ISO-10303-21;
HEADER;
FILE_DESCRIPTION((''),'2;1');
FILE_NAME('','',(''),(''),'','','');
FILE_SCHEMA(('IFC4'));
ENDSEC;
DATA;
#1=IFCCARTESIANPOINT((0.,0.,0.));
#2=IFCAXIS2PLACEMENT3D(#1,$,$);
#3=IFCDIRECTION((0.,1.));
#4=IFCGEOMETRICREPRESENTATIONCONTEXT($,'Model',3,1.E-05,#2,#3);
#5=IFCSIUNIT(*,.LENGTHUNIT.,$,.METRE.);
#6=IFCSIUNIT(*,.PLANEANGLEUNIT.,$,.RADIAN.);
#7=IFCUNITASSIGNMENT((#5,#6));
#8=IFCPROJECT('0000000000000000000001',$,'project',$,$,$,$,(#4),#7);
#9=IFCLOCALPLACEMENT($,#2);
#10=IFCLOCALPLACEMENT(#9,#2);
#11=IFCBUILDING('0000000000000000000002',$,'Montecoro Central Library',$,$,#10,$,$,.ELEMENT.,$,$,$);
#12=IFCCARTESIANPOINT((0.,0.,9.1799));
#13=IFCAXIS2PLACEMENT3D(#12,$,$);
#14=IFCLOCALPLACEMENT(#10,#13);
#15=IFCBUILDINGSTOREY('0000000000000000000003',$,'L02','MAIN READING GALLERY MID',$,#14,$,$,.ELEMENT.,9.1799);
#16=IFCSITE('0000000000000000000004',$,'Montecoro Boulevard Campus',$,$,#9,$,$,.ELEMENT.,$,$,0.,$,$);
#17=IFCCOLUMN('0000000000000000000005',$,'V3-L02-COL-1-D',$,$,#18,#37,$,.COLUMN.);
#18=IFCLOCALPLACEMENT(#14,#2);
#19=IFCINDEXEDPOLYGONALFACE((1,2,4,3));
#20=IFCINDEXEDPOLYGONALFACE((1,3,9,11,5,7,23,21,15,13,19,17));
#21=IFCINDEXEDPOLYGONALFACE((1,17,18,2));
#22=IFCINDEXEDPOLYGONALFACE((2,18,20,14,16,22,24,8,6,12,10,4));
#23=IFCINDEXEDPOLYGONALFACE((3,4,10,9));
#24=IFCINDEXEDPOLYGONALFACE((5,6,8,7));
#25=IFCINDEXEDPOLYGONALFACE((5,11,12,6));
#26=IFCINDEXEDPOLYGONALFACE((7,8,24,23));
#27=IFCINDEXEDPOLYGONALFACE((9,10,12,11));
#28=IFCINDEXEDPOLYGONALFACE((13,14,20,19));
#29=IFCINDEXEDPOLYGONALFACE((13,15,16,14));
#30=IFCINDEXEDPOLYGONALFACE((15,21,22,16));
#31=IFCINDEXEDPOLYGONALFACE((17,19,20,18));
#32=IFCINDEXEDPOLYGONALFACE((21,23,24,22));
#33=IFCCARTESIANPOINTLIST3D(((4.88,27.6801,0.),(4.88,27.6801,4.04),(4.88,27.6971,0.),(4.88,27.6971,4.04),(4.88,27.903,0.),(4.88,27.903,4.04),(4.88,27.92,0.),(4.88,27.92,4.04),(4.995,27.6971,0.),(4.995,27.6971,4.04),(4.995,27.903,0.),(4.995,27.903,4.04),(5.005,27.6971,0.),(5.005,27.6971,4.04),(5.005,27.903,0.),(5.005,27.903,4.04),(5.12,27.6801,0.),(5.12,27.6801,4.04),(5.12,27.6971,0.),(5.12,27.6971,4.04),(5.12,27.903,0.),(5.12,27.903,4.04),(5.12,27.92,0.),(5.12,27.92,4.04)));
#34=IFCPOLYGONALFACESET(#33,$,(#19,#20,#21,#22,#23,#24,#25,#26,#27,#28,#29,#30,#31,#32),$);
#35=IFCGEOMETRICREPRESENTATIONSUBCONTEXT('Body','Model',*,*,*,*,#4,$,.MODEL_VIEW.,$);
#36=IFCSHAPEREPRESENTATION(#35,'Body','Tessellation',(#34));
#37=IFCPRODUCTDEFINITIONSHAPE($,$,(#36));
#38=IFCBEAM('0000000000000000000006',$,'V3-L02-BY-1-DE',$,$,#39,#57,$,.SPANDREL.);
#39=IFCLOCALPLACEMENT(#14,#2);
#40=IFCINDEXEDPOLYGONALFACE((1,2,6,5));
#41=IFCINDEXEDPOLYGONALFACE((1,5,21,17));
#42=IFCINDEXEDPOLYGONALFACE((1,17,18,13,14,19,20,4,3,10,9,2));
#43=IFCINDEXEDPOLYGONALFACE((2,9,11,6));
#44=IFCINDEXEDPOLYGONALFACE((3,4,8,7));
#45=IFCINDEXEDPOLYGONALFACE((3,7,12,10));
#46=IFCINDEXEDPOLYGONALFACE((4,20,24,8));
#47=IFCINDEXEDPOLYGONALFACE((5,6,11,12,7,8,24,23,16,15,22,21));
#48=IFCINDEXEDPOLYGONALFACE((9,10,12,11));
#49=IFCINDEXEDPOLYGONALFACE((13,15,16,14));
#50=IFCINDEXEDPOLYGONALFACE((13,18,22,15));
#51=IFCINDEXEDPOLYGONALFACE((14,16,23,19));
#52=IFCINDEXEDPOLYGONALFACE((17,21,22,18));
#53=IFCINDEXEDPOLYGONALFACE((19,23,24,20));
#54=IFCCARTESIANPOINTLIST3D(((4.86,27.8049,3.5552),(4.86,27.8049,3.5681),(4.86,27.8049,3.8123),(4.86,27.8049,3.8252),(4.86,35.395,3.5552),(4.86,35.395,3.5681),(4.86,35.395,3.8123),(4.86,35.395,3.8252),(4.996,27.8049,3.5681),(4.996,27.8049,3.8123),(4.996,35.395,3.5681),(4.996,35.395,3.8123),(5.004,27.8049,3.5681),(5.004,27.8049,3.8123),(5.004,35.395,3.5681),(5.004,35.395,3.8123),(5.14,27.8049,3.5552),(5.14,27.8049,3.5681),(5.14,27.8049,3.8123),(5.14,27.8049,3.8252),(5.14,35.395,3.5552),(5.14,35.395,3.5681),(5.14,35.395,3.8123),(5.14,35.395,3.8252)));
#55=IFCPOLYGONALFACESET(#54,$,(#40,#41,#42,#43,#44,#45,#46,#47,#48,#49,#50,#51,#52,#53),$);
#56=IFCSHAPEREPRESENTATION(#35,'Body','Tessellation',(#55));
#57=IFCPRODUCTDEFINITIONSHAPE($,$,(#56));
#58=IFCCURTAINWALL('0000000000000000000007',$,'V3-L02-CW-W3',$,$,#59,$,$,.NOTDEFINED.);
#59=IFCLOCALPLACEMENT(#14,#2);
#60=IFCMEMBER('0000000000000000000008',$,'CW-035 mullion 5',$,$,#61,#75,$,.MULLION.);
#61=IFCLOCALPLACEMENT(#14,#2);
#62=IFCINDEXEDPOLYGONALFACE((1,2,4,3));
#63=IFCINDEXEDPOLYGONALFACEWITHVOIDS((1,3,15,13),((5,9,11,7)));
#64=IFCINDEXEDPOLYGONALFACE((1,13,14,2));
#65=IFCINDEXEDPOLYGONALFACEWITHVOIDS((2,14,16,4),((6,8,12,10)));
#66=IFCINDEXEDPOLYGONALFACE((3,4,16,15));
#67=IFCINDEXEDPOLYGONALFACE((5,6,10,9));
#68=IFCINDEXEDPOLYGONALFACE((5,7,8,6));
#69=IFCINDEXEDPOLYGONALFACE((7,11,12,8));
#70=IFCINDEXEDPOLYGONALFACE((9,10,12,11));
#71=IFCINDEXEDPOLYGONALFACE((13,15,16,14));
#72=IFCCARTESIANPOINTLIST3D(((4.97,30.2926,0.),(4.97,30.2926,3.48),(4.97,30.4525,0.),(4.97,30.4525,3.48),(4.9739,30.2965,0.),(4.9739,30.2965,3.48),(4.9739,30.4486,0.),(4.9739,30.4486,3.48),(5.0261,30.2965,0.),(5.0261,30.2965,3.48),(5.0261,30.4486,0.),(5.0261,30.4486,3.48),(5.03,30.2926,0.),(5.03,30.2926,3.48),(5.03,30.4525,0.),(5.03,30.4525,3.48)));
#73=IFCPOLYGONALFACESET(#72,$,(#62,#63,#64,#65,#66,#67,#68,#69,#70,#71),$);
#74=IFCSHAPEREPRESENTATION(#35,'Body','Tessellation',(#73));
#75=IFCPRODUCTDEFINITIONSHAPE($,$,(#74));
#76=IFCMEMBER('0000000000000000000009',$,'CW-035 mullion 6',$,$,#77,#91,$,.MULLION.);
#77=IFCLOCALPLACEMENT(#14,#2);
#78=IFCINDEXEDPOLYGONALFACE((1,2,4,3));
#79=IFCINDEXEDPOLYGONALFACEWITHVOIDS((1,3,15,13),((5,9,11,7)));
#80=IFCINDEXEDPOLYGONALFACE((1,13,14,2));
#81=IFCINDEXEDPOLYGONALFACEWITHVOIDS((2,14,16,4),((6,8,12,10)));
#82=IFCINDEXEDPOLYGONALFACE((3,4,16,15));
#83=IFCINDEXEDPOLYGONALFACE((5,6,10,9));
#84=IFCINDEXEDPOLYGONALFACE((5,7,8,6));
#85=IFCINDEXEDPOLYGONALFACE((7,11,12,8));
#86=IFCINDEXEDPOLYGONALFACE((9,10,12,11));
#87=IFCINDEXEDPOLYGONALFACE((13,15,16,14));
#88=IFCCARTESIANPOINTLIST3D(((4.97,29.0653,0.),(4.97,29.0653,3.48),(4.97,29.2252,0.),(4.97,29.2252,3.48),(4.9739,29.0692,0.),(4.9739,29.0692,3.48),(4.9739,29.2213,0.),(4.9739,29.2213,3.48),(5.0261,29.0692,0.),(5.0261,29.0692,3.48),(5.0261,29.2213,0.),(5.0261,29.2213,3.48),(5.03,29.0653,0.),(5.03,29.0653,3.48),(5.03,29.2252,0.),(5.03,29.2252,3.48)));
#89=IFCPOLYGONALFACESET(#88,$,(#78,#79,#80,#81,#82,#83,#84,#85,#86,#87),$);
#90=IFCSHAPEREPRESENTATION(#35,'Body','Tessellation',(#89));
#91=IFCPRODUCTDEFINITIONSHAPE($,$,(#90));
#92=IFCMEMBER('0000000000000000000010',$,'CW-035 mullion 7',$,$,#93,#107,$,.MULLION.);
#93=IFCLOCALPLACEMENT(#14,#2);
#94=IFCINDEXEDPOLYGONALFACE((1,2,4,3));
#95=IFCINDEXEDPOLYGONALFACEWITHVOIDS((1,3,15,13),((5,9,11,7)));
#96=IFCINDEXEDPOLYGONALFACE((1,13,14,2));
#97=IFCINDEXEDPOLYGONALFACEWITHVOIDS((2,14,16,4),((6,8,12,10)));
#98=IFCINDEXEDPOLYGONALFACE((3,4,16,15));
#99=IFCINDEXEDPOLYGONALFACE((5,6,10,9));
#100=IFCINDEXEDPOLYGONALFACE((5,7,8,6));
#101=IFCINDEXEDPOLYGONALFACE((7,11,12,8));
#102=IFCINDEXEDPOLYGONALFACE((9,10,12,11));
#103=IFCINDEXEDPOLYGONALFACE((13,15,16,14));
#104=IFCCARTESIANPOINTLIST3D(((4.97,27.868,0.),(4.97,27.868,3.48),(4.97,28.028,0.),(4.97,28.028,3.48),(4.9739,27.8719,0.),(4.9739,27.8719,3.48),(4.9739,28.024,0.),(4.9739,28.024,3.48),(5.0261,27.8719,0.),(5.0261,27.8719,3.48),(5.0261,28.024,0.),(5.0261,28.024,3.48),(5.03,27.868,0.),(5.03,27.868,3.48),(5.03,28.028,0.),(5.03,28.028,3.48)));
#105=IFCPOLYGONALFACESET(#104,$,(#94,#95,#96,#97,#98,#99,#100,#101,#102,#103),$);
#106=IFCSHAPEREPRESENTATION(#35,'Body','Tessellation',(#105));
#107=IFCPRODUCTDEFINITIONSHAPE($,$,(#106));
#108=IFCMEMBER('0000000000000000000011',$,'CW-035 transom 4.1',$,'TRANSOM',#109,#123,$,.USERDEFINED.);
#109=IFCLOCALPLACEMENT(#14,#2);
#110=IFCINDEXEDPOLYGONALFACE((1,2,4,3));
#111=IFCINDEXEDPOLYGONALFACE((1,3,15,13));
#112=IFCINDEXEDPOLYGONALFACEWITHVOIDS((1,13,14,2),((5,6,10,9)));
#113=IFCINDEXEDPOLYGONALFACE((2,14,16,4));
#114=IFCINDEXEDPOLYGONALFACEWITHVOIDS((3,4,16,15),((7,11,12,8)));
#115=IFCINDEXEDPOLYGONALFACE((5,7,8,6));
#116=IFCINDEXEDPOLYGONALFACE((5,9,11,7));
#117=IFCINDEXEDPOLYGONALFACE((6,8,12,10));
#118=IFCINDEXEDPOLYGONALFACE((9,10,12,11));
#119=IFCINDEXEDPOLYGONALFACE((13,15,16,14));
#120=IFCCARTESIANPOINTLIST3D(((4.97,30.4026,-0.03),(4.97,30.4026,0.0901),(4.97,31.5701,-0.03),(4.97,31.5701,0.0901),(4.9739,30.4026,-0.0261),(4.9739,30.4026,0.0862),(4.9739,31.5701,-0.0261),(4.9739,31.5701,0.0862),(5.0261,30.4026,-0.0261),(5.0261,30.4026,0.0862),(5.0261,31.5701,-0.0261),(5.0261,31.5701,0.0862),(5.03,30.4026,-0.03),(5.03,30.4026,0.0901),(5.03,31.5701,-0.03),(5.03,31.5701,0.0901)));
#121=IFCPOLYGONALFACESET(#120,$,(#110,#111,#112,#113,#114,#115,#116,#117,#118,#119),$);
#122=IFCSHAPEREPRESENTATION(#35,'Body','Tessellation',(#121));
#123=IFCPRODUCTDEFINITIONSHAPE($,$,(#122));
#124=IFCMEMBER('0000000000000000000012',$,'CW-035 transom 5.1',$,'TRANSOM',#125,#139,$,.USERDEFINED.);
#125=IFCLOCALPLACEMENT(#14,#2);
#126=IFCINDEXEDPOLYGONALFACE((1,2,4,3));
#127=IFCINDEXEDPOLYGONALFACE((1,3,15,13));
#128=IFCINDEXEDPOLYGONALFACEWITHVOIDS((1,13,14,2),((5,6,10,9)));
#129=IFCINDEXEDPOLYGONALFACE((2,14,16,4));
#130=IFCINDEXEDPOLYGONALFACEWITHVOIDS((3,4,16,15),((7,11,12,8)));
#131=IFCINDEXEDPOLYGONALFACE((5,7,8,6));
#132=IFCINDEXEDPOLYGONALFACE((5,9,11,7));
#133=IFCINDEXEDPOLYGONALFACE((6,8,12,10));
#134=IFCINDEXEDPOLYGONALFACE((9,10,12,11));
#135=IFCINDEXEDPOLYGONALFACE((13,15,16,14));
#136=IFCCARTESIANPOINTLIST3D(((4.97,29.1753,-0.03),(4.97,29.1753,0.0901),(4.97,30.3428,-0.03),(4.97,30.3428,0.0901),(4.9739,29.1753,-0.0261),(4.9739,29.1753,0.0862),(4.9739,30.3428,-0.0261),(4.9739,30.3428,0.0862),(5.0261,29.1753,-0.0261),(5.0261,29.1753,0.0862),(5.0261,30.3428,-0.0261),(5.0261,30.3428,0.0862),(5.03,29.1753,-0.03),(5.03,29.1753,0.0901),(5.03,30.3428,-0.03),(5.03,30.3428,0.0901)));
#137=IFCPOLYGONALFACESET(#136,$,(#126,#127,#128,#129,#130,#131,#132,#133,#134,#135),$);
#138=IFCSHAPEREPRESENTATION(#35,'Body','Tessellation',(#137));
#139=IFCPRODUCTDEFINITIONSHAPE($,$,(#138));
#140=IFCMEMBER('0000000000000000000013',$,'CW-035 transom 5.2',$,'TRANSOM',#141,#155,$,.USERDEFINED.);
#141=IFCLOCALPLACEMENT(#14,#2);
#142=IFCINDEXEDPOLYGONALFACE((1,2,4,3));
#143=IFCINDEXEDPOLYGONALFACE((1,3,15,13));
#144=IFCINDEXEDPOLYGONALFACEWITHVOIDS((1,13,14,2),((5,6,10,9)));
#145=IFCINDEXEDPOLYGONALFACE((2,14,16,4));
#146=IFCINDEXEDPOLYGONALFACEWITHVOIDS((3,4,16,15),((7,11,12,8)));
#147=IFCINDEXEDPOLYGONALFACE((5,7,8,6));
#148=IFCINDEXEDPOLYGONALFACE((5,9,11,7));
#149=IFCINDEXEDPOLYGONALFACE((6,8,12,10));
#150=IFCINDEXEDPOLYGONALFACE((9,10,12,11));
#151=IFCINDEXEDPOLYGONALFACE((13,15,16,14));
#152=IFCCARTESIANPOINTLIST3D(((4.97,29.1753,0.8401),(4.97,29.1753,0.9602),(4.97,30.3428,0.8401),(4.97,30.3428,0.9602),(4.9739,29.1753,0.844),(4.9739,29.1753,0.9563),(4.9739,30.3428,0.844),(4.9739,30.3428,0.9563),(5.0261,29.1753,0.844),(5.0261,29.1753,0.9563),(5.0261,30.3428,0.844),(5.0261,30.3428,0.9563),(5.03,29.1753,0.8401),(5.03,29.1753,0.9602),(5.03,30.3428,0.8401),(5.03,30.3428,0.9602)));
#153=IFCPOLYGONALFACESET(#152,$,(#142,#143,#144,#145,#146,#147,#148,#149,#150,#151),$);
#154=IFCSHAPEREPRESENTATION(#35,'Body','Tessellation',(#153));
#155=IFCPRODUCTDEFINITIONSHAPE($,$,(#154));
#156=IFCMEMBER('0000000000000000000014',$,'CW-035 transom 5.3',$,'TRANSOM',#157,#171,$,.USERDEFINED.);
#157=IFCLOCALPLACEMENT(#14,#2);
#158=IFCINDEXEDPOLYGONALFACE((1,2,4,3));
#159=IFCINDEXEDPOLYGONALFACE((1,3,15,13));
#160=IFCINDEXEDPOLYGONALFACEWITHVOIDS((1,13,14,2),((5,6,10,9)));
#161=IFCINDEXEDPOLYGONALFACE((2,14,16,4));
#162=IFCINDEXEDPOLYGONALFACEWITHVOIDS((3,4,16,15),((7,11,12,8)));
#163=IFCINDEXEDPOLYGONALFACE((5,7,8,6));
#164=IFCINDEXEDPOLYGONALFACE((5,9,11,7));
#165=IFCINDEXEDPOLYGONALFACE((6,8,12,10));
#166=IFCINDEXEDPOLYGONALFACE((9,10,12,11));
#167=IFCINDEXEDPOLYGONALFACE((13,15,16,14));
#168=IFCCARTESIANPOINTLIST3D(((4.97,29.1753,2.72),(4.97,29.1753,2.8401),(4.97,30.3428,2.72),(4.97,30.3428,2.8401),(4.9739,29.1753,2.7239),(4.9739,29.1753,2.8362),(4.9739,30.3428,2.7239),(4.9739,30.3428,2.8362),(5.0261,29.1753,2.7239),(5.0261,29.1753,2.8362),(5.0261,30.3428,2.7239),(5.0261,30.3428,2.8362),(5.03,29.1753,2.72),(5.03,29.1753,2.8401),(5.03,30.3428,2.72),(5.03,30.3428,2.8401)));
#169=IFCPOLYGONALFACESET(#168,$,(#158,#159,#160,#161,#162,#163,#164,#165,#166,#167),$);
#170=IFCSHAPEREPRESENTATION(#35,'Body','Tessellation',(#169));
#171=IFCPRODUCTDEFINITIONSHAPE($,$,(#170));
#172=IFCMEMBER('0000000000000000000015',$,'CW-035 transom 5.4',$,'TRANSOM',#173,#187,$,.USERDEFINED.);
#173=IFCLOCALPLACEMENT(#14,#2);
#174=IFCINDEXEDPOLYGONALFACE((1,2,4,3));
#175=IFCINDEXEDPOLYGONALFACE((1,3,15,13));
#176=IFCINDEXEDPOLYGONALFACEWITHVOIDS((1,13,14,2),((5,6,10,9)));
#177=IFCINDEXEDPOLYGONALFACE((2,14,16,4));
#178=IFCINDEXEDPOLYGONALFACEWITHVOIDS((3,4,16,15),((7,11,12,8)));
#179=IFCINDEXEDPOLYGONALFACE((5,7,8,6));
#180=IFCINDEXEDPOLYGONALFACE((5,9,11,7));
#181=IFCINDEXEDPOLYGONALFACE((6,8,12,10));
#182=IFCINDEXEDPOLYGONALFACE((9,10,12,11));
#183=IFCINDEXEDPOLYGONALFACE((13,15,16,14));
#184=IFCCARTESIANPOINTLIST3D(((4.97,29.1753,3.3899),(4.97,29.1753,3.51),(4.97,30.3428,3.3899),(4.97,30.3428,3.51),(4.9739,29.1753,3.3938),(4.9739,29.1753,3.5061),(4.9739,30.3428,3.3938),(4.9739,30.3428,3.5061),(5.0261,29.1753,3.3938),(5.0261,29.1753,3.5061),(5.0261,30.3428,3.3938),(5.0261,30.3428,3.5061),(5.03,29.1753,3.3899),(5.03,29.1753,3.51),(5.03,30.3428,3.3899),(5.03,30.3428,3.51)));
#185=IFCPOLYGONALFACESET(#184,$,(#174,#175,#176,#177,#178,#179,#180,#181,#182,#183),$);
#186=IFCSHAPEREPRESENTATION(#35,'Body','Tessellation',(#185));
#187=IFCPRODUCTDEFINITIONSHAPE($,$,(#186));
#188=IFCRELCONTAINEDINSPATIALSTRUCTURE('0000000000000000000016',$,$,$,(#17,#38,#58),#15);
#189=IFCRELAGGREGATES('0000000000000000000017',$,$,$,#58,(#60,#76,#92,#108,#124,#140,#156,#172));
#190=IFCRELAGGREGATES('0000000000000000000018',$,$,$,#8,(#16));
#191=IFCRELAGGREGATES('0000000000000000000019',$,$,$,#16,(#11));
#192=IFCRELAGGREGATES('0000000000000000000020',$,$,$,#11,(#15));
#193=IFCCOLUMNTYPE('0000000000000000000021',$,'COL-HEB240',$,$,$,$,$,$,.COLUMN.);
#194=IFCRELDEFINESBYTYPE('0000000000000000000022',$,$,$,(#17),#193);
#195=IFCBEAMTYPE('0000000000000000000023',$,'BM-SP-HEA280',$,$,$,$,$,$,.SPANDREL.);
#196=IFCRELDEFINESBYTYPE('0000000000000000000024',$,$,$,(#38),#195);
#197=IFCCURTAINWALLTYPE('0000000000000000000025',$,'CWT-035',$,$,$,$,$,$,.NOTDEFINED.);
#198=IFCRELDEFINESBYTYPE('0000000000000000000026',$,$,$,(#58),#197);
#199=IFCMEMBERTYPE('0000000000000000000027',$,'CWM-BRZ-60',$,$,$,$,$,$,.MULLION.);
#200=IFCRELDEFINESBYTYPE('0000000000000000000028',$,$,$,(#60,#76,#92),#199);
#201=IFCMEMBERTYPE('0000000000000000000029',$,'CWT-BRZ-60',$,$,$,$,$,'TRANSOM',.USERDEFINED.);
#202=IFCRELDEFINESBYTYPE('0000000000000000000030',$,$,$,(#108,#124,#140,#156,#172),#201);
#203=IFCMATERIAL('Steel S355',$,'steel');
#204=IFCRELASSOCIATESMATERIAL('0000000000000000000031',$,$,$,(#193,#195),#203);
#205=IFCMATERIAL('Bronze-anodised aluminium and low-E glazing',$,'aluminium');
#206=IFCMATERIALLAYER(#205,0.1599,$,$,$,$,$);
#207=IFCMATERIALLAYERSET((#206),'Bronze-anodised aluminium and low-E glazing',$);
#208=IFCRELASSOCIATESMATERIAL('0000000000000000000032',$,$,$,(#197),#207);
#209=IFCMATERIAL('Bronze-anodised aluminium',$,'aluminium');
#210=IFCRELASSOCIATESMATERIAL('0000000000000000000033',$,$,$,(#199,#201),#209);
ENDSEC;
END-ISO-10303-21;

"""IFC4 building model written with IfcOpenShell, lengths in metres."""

from ifc_helpers import new_model, si_unit, direction, frame, origin, origin_2d, place, context, subcontext, project, spatial, hollow_rectangle, i_section, extrude, material, layer, layer_set, material_profile, profile_set, type_object, element, aggregate, save


model = new_model("IFC4")

# Units and contexts
model_context = context("Model", 3, precision=1e-05, world=origin(), true_north=direction((0.0, 1.0)))
body_context = subcontext(model_context, "Body", "Model", "MODEL_VIEW")
ifc_project = project(units=[si_unit("LENGTHUNIT", "METRE"), si_unit("PLANEANGLEUNIT", "RADIAN")], contexts=[model_context])

# Site, building, storey
site_placement = place(None, origin())
site = spatial("IfcSite", under=ifc_project, at=site_placement, Name="Montecoro Boulevard Campus", CompositionType="ELEMENT", RefElevation=0.0)
building_placement = place(site_placement, origin())
building = spatial("IfcBuilding", under=site, at=building_placement, Name="Montecoro Central Library", CompositionType="ELEMENT")
storey_placement = place(building_placement, frame((0.0, 0.0, 9.1799)))
storey = spatial("IfcBuildingStorey", under=building, at=storey_placement, Name="L02", Description="MAIN READING GALLERY MID", CompositionType="ELEMENT", Elevation=9.1799)

# Column
ifc_material_1 = material(Name="Steel S355", Category="steel")
ifc_material_profile_1 = material_profile(ifc_material_1, i_section(OverallWidth=0.24, OverallDepth=0.24, WebThickness=0.01, FlangeThickness=0.0171, at=origin_2d()), Name="HEB 240")
ifc_profile_set_1 = profile_set([ifc_material_profile_1], Name="Steel S355")
column_type = type_object("IfcColumnType", Name="COL-HEB240", PredefinedType="COLUMN", material=ifc_profile_set_1)
column_placement = place(storey_placement, frame((5.0, 27.8, 0.0), z_axis=(0.0, 0.0, 1.0), x_axis=(1.0, 0.0, 0.0)))
element("IfcColumn", 1, at=column_placement, inside=storey, type_object=column_type, Name="V3-L02-COL-1-D", PredefinedType="COLUMN", context=body_context, shape_type="SweptSolid", body=[
    extrude(i_section(OverallWidth=0.24, OverallDepth=0.24, WebThickness=0.01, FlangeThickness=0.0171, at=origin_2d()), origin(), (0.0, 0.0, 1.0), 4.04),
])

# Beam
ifc_material_profile_2 = material_profile(ifc_material_1, i_section(OverallWidth=0.28, OverallDepth=0.27, WebThickness=0.0081, FlangeThickness=0.0129, at=origin_2d()), Name="HEA 280")
ifc_profile_set_2 = profile_set([ifc_material_profile_2], Name="Steel S355")
beam_type = type_object("IfcBeamType", Name="BM-SP-HEA280", PredefinedType="SPANDREL", material=ifc_profile_set_2)
beam_placement = place(storey_placement, frame((5.0, 27.8049, 3.6902), z_axis=(0.0, 1.0, 0.0), x_axis=(-1.0, 0.0, 0.0)))
element("IfcBeam", 2, at=beam_placement, inside=storey, type_object=beam_type, Name="V3-L02-BY-1-DE", PredefinedType="SPANDREL", context=body_context, shape_type="SweptSolid", body=[
    extrude(i_section(OverallWidth=0.28, OverallDepth=0.27, WebThickness=0.0081, FlangeThickness=0.0129, at=origin_2d()), origin(), (0.0, 0.0, 1.0), 7.5901),
])

# Curtain wall, members
ifc_material_2 = material(Name="Bronze-anodised aluminium and low-E glazing", Category="aluminium")
ifc_layer_1 = layer(ifc_material_2, 0.1599)
ifc_layer_set_1 = layer_set([ifc_layer_1], Name="Bronze-anodised aluminium and low-E glazing")
curtain_wall_type = type_object("IfcCurtainWallType", Name="CWT-035", PredefinedType="NOTDEFINED", material=ifc_layer_set_1)
curtain_wall_placement = place(storey_placement, origin())
curtain_wall = element("IfcCurtainWall", 3, at=curtain_wall_placement, inside=storey, type_object=curtain_wall_type, Name="V3-L02-CW-W3", PredefinedType="NOTDEFINED")
ifc_material_3 = material(Name="Bronze-anodised aluminium", Category="aluminium")
ifc_material_profile_3 = material_profile(ifc_material_3, hollow_rectangle(XDim=0.0601, YDim=0.1599, WallThickness=0.0039, at=origin_2d()), Name="CWM 160x60x4.0")
ifc_profile_set_3 = profile_set([ifc_material_profile_3], Name="Bronze-anodised aluminium")
member_type_1 = type_object("IfcMemberType", Name="CWM-BRZ-60", PredefinedType="MULLION", material=ifc_profile_set_3)
member_1_placement = place(storey_placement, frame((5.0, 30.3726, 0.0), z_axis=(0.0, 0.0, 1.0), x_axis=(1.0, 0.0, 0.0)))
member_1 = element("IfcMember", 4, at=member_1_placement, type_object=member_type_1, Name="CW-035 mullion 5", PredefinedType="MULLION", context=body_context, shape_type="SweptSolid", body=[
    extrude(hollow_rectangle(XDim=0.0601, YDim=0.1599, WallThickness=0.0039, at=origin_2d()), origin(), (0.0, 0.0, 1.0), 3.48),
])
member_2_placement = place(storey_placement, frame((5.0, 29.1453, 0.0), z_axis=(0.0, 0.0, 1.0), x_axis=(1.0, 0.0, 0.0)))
member_2 = element("IfcMember", 5, at=member_2_placement, type_object=member_type_1, Name="CW-035 mullion 6", PredefinedType="MULLION", context=body_context, shape_type="SweptSolid", body=[
    extrude(hollow_rectangle(XDim=0.0601, YDim=0.1599, WallThickness=0.0039, at=origin_2d()), origin(), (0.0, 0.0, 1.0), 3.48),
])
member_3_placement = place(storey_placement, frame((5.0, 27.948, 0.0), z_axis=(0.0, 0.0, 1.0), x_axis=(1.0, 0.0, 0.0)))
member_3 = element("IfcMember", 6, at=member_3_placement, type_object=member_type_1, Name="CW-035 mullion 7", PredefinedType="MULLION", context=body_context, shape_type="SweptSolid", body=[
    extrude(hollow_rectangle(XDim=0.0601, YDim=0.1599, WallThickness=0.0039, at=origin_2d()), origin(), (0.0, 0.0, 1.0), 3.48),
])
ifc_material_profile_4 = material_profile(ifc_material_3, hollow_rectangle(XDim=0.0601, YDim=0.1201, WallThickness=0.0039, at=origin_2d()), Name="CWT 120x60x4.0")
ifc_profile_set_4 = profile_set([ifc_material_profile_4], Name="Bronze-anodised aluminium")
member_type_2 = type_object("IfcMemberType", Name="CWT-BRZ-60", ElementType="TRANSOM", PredefinedType="USERDEFINED", material=ifc_profile_set_4)
member_4_placement = place(storey_placement, frame((5.0, 31.5701, 0.03), z_axis=(0.0, -1.0, 0.0), x_axis=(1.0, 0.0, 0.0)))
member_4 = element("IfcMember", 7, at=member_4_placement, type_object=member_type_2, Name="CW-035 transom 4.1", ObjectType="TRANSOM", PredefinedType="USERDEFINED", context=body_context, shape_type="SweptSolid", body=[
    extrude(hollow_rectangle(XDim=0.0601, YDim=0.1201, WallThickness=0.0039, at=origin_2d()), origin(), (0.0, 0.0, 1.0), 1.1675),
])
member_5_placement = place(storey_placement, frame((5.0, 30.3428, 0.03), z_axis=(0.0, -1.0, 0.0), x_axis=(1.0, 0.0, 0.0)))
member_5 = element("IfcMember", 8, at=member_5_placement, type_object=member_type_2, Name="CW-035 transom 5.1", ObjectType="TRANSOM", PredefinedType="USERDEFINED", context=body_context, shape_type="SweptSolid", body=[
    extrude(hollow_rectangle(XDim=0.0601, YDim=0.1201, WallThickness=0.0039, at=origin_2d()), origin(), (0.0, 0.0, 1.0), 1.1675),
])
member_6_placement = place(storey_placement, frame((5.0, 30.3428, 0.9001), z_axis=(0.0, -1.0, 0.0), x_axis=(1.0, 0.0, 0.0)))
member_6 = element("IfcMember", 9, at=member_6_placement, type_object=member_type_2, Name="CW-035 transom 5.2", ObjectType="TRANSOM", PredefinedType="USERDEFINED", context=body_context, shape_type="SweptSolid", body=[
    extrude(hollow_rectangle(XDim=0.0601, YDim=0.1201, WallThickness=0.0039, at=origin_2d()), origin(), (0.0, 0.0, 1.0), 1.1675),
])
member_7_placement = place(storey_placement, frame((5.0, 30.3428, 2.78), z_axis=(0.0, -1.0, 0.0), x_axis=(1.0, 0.0, 0.0)))
member_7 = element("IfcMember", 10, at=member_7_placement, type_object=member_type_2, Name="CW-035 transom 5.3", ObjectType="TRANSOM", PredefinedType="USERDEFINED", context=body_context, shape_type="SweptSolid", body=[
    extrude(hollow_rectangle(XDim=0.0601, YDim=0.1201, WallThickness=0.0039, at=origin_2d()), origin(), (0.0, 0.0, 1.0), 1.1675),
])
member_8_placement = place(storey_placement, frame((5.0, 30.3428, 3.45), z_axis=(0.0, -1.0, 0.0), x_axis=(1.0, 0.0, 0.0)))
member_8 = element("IfcMember", 11, at=member_8_placement, type_object=member_type_2, Name="CW-035 transom 5.4", ObjectType="TRANSOM", PredefinedType="USERDEFINED", context=body_context, shape_type="SweptSolid", body=[
    extrude(hollow_rectangle(XDim=0.0601, YDim=0.1201, WallThickness=0.0039, at=origin_2d()), origin(), (0.0, 0.0, 1.0), 1.1675),
])
aggregate(curtain_wall, [member_1, member_2, member_3, member_4, member_5, member_6, member_7, member_8])

save(model, "model.ifc")
